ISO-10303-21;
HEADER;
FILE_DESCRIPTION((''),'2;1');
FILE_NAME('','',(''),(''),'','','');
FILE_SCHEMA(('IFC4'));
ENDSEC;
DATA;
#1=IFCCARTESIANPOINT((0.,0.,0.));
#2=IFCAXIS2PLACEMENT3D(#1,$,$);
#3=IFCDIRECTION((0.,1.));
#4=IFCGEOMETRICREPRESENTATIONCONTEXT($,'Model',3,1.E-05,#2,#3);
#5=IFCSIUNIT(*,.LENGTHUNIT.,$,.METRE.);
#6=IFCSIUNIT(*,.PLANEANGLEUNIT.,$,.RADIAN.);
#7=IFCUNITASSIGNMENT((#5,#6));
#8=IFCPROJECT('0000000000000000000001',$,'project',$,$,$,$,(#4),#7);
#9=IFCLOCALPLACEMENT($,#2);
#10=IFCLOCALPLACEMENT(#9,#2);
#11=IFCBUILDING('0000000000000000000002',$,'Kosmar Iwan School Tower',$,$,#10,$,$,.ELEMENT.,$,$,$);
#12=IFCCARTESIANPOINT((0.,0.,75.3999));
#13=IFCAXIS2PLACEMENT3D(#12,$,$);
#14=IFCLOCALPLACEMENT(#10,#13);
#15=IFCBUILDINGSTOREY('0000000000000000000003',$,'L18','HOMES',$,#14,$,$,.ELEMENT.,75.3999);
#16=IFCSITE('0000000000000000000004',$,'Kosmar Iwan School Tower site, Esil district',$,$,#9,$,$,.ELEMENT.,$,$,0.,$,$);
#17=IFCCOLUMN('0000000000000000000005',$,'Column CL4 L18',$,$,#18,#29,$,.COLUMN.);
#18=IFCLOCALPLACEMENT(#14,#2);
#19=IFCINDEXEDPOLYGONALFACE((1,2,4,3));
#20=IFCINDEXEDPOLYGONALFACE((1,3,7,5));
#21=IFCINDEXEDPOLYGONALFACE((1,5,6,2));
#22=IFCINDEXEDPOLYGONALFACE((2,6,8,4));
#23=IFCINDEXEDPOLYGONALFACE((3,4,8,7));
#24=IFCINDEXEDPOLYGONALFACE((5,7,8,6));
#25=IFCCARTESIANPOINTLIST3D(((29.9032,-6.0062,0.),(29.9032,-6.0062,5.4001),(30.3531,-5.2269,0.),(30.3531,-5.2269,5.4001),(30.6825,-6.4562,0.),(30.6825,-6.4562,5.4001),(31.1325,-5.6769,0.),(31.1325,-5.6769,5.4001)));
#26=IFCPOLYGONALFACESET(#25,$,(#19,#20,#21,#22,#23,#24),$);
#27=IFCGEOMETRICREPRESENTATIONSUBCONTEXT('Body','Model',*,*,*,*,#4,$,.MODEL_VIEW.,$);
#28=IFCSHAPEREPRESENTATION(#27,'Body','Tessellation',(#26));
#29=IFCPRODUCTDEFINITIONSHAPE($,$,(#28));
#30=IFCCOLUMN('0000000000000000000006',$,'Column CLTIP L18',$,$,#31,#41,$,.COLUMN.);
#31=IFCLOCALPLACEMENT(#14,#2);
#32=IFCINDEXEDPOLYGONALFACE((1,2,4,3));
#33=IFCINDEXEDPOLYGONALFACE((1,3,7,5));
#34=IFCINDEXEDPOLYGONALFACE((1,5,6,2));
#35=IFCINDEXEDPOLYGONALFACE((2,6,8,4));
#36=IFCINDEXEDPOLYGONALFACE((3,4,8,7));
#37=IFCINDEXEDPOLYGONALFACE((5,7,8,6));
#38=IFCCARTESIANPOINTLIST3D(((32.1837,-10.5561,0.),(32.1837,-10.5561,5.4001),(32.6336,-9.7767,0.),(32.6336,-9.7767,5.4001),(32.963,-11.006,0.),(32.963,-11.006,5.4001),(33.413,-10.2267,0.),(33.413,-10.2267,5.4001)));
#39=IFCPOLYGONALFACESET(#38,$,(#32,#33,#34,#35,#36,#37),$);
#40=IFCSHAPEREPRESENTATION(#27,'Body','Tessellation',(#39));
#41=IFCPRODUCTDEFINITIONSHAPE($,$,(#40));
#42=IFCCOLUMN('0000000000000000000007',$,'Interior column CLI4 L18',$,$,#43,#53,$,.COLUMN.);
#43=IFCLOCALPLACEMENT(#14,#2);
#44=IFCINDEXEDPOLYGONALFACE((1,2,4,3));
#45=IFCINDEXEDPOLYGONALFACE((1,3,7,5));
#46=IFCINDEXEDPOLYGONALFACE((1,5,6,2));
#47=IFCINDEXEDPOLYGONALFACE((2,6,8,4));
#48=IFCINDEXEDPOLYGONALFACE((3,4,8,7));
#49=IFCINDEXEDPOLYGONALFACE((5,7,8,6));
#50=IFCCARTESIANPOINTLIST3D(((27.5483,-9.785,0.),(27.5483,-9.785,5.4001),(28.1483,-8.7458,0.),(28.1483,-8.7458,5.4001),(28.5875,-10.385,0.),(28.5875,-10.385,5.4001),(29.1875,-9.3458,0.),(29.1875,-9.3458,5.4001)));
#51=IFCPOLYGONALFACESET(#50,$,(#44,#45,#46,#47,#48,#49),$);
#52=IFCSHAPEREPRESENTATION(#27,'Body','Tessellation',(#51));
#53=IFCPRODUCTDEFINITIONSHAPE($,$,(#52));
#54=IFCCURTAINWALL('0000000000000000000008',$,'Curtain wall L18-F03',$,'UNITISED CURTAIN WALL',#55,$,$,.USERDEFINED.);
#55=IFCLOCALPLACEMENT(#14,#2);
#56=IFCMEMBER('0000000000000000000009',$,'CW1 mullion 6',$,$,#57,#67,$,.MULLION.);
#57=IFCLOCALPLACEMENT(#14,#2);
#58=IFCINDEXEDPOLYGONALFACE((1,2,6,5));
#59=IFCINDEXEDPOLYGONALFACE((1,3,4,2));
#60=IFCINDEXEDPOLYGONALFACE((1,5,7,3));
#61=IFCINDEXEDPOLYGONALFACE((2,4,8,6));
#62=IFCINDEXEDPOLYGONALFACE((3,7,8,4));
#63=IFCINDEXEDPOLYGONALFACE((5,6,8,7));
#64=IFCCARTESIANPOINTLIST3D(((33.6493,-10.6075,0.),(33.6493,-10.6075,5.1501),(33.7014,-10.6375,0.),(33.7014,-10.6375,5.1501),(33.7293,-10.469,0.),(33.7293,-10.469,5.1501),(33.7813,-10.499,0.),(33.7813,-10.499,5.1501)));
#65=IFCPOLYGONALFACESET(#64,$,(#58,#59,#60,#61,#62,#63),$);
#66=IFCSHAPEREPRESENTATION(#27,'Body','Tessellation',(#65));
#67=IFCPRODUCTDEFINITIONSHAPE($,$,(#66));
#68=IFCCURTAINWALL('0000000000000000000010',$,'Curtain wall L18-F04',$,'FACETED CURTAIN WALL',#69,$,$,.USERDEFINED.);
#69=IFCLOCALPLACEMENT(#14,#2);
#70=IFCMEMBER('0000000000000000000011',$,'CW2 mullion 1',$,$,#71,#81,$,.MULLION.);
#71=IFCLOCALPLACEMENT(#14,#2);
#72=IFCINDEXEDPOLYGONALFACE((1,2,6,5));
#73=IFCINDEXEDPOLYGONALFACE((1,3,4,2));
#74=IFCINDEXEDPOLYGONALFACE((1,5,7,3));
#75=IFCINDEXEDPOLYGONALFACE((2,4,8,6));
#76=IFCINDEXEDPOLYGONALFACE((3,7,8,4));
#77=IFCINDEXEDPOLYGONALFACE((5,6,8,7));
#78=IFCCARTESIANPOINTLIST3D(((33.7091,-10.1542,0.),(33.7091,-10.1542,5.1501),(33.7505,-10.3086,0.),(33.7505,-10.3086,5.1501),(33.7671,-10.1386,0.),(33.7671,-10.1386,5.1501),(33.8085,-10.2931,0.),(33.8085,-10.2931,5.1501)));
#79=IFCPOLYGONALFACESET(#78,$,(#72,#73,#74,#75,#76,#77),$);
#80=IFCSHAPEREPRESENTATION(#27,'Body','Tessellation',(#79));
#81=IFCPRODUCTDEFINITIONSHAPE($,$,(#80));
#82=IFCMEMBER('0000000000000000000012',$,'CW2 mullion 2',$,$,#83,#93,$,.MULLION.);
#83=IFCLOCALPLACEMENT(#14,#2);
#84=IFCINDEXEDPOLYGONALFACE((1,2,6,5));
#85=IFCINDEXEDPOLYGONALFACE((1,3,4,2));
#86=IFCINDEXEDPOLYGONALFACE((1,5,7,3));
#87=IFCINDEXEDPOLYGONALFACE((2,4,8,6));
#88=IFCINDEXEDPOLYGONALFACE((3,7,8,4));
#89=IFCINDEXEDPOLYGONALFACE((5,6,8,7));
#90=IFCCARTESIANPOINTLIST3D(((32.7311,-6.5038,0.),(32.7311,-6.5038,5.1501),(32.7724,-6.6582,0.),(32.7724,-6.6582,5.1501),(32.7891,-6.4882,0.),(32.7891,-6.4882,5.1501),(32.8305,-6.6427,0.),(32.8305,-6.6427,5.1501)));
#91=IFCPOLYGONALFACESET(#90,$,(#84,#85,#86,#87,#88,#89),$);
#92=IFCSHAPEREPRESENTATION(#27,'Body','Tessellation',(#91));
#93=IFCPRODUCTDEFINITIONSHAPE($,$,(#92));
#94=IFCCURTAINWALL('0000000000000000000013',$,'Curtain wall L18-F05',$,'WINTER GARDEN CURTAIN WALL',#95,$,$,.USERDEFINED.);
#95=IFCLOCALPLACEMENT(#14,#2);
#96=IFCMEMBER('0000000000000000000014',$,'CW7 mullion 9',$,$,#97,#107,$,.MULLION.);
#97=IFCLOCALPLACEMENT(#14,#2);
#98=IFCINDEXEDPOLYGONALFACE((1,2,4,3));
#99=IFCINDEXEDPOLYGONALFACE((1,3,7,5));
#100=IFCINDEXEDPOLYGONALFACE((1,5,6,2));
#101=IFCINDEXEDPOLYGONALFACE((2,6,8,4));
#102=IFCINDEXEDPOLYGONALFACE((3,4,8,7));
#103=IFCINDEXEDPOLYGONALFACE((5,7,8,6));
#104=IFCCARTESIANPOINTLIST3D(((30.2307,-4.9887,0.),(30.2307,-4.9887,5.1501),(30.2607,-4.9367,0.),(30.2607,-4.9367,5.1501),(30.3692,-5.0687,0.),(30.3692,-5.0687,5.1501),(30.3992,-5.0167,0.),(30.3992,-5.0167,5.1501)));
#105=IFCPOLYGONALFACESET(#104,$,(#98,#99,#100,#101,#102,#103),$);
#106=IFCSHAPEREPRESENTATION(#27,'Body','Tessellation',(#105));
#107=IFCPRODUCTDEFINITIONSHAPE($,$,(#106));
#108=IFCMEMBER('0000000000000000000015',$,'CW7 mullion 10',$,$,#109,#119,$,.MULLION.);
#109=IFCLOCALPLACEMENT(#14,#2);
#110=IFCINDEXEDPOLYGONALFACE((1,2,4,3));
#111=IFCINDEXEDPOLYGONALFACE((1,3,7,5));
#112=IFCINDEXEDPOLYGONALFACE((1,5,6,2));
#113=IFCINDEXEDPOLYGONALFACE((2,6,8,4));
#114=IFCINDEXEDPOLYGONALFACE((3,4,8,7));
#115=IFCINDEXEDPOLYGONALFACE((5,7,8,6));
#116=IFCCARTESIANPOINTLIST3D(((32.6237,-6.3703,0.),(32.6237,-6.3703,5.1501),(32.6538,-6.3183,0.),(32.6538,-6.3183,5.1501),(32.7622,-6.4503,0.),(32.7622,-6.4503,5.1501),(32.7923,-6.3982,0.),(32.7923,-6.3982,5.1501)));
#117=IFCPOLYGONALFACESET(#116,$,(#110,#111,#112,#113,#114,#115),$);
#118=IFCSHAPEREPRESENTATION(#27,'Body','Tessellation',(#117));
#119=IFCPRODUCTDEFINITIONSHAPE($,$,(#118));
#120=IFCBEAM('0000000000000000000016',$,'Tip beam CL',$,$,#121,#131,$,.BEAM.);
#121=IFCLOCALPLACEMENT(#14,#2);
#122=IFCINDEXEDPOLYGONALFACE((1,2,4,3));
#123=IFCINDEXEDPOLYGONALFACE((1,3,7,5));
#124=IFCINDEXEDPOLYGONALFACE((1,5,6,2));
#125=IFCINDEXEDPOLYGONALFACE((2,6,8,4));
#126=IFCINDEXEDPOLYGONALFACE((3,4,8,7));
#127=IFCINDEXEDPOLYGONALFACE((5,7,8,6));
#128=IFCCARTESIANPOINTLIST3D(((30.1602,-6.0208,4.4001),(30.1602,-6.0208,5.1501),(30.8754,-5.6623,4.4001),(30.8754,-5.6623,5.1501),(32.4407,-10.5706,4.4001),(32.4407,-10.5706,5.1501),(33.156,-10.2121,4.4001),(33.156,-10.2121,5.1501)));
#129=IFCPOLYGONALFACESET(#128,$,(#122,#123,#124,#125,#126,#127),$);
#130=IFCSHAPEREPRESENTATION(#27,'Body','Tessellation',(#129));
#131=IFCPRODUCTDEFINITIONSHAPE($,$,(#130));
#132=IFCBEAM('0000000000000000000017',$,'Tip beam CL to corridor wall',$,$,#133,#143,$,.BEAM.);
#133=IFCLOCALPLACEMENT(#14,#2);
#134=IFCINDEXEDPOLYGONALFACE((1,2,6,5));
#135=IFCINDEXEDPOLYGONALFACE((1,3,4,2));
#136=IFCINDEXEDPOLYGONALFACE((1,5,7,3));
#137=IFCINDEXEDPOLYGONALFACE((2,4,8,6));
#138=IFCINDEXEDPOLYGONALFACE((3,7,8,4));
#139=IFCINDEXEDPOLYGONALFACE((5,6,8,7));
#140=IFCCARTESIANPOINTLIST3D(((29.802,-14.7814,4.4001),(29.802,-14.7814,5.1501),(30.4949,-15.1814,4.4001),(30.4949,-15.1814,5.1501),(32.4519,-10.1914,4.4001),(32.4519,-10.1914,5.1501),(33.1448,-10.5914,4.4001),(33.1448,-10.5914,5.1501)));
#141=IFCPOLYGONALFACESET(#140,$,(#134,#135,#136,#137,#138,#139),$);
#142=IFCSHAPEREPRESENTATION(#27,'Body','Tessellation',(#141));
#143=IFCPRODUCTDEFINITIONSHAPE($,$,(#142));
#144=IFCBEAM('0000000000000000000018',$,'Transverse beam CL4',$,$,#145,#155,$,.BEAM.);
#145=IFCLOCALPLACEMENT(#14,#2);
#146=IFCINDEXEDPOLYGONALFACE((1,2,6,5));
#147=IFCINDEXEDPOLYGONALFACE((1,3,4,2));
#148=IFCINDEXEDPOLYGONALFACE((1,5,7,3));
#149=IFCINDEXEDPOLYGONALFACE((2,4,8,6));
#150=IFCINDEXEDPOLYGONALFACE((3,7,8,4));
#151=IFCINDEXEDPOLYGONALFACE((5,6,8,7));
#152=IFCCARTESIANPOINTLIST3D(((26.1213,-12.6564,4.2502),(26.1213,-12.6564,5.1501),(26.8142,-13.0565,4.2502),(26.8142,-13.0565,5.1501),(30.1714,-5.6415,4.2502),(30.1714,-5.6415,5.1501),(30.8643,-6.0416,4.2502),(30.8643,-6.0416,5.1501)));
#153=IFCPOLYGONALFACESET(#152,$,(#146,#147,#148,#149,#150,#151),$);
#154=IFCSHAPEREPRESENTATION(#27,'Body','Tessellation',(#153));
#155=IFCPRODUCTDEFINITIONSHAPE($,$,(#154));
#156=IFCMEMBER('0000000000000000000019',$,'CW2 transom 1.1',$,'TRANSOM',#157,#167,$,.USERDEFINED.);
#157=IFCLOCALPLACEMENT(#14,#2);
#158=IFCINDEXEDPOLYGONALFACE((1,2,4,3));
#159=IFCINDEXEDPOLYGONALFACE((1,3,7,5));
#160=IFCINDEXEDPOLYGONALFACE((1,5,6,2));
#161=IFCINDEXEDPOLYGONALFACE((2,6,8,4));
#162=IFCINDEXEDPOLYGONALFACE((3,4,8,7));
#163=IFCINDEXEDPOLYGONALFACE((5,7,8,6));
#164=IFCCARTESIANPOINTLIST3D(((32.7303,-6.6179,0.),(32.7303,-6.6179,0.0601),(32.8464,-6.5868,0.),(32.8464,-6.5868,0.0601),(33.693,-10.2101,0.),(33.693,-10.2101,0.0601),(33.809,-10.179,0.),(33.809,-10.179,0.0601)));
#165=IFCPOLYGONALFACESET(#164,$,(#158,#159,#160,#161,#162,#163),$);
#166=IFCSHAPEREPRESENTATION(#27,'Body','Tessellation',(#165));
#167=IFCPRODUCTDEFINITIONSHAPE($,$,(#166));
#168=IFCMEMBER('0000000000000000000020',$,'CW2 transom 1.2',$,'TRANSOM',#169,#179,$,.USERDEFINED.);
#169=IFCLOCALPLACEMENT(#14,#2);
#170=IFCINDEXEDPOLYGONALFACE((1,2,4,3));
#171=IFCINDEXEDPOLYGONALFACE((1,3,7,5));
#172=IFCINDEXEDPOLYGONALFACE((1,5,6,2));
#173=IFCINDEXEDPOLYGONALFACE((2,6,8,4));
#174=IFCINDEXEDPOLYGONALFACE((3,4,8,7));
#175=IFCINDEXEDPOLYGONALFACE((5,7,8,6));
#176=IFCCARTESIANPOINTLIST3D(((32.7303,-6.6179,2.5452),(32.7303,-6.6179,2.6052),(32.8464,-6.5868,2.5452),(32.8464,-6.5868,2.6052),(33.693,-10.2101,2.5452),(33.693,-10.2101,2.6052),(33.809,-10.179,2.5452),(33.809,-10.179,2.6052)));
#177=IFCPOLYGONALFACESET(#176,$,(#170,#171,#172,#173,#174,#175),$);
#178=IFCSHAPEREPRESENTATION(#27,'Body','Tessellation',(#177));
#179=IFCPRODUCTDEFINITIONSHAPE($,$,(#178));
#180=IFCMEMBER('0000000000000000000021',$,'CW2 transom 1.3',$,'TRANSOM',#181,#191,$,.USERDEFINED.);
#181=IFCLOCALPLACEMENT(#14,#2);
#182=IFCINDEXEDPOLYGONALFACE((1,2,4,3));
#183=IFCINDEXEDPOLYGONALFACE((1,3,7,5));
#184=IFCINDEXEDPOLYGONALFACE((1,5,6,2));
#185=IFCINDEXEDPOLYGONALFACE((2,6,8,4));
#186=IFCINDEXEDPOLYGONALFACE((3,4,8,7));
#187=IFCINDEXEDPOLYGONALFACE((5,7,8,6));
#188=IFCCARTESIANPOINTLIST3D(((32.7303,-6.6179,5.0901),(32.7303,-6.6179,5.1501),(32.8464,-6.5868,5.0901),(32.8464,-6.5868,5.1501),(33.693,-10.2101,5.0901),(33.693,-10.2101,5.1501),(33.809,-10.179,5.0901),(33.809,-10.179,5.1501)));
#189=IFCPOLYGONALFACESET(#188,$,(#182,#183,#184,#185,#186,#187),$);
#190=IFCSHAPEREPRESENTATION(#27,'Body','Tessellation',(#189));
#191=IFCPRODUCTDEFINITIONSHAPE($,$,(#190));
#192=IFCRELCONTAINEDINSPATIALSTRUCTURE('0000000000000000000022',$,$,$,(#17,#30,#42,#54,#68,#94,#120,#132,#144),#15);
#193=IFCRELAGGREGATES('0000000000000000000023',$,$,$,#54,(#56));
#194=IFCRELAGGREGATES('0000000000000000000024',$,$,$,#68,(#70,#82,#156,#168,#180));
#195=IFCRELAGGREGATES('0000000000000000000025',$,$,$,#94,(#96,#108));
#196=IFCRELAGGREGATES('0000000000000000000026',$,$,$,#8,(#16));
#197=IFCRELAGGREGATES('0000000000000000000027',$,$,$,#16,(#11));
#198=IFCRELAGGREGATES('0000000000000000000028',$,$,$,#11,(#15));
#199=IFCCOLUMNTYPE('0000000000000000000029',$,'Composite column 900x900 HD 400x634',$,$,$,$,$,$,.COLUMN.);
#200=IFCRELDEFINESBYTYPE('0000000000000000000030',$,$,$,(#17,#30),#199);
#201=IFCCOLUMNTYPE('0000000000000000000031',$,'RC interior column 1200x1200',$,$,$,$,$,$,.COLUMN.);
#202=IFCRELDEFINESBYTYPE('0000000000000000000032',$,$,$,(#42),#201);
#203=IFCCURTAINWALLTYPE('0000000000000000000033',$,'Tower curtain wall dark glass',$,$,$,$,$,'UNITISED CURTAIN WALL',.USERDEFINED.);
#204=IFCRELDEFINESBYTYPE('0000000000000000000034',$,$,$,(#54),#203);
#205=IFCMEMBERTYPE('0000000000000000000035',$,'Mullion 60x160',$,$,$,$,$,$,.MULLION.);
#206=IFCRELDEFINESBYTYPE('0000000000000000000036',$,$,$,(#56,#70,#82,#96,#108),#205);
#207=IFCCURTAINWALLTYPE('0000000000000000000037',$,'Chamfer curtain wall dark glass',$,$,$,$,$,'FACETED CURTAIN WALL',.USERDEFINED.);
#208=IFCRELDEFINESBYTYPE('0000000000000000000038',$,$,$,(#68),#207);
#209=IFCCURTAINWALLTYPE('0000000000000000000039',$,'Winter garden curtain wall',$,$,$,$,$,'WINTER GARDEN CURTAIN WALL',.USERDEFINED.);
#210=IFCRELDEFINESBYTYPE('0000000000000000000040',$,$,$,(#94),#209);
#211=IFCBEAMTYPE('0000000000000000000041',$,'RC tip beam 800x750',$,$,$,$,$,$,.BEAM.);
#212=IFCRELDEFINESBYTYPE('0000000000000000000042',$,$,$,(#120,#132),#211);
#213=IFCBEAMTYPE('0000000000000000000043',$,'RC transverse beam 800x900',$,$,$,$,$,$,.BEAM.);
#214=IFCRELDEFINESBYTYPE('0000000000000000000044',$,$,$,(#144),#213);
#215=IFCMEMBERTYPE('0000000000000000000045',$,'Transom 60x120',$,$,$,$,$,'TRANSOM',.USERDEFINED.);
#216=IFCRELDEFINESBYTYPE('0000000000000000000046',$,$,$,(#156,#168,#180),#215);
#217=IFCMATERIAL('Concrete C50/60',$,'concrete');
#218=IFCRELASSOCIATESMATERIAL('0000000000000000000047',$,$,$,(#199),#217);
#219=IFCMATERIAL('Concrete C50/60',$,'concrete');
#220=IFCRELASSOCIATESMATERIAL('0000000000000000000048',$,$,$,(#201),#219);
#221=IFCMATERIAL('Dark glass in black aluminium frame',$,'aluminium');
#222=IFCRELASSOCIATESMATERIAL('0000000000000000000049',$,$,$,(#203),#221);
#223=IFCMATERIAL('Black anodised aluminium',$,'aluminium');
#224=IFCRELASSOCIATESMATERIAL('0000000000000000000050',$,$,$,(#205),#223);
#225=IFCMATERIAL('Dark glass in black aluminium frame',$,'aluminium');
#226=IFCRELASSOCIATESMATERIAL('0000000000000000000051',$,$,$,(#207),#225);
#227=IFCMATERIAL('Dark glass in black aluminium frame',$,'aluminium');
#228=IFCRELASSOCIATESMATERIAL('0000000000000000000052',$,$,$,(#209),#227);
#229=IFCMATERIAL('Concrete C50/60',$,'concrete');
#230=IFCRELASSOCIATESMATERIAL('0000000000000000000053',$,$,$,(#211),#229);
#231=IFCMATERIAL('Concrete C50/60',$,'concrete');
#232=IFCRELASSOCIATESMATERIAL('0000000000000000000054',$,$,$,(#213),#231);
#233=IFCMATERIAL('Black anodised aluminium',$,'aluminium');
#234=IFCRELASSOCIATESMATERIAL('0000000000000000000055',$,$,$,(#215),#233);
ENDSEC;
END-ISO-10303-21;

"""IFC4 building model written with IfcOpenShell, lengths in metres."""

from ifc_helpers import new_model, si_unit, direction, frame, origin, origin_2d, place, context, subcontext, project, spatial, rectangle, extrude, material, material_profile, profile_set, type_object, element, aggregate, save


model = new_model("IFC4")

# Units and contexts
model_context = context("Model", 3, precision=1e-05, world=origin(), true_north=direction((0.0, 1.0)))
body_context = subcontext(model_context, "Body", "Model", "MODEL_VIEW")
ifc_project = project(units=[si_unit("LENGTHUNIT", "METRE"), si_unit("PLANEANGLEUNIT", "RADIAN")], contexts=[model_context])

# Site, building, storey
site_placement = place(None, origin())
site = spatial("IfcSite", under=ifc_project, at=site_placement, Name="Kosmar Iwan School Tower site, Esil district", CompositionType="ELEMENT", RefElevation=0.0)
building_placement = place(site_placement, origin())
building = spatial("IfcBuilding", under=site, at=building_placement, Name="Kosmar Iwan School Tower", CompositionType="ELEMENT")
storey_placement = place(building_placement, frame((0.0, 0.0, 75.3999)))
storey = spatial("IfcBuildingStorey", under=building, at=storey_placement, Name="L18", Description="HOMES", CompositionType="ELEMENT", Elevation=75.3999)

# Columns
ifc_material_1 = material(Name="Concrete C50/60", Category="concrete")
ifc_material_profile_1 = material_profile(ifc_material_1, rectangle(XDim=0.8999, YDim=0.8999, at=origin_2d()), Name="RC 900x900 + HD 400x634")
ifc_profile_set_1 = profile_set([ifc_material_profile_1], Name="Concrete C50/60")
column_type_1 = type_object("IfcColumnType", Name="Composite column 900x900 HD 400x634", PredefinedType="COLUMN", material=ifc_profile_set_1)
for number, where, z_axis, x_axis, name in (
    (1, (30.5178, -5.8416, 0.0), (0.0, 0.0, 1.0), (0.866025, -0.5, 0.0), "Column CL4 L18"),
    (2, (32.7983, -10.3914, 0.0), (0.0, 0.0, 1.0), (0.866025, -0.5, 0.0), "Column CLTIP L18"),
):
    element("IfcColumn", number, at=place(storey_placement, frame(where, z_axis=z_axis, x_axis=x_axis)), inside=storey, type_object=column_type_1, Name=name, PredefinedType="COLUMN", context=body_context, shape_type="SweptSolid", body=[
        extrude(rectangle(XDim=0.8999, YDim=0.8999, at=origin_2d()), origin(), (0.0, 0.0, 1.0), 5.4001),
    ])
ifc_material_2 = material(Name="Concrete C50/60", Category="concrete")
ifc_material_profile_2 = material_profile(ifc_material_2, rectangle(XDim=1.2, YDim=1.2, at=origin_2d()), Name="RC 1200x1200")
ifc_profile_set_2 = profile_set([ifc_material_profile_2], Name="Concrete C50/60")
column_type_2 = type_object("IfcColumnType", Name="RC interior column 1200x1200", PredefinedType="COLUMN", material=ifc_profile_set_2)
column_placement = place(storey_placement, frame((28.3679, -9.5654, 0.0), z_axis=(0.0, 0.0, 1.0), x_axis=(0.866025, -0.5, 0.0)))
element("IfcColumn", 3, at=column_placement, inside=storey, type_object=column_type_2, Name="Interior column CLI4 L18", PredefinedType="COLUMN", context=body_context, shape_type="SweptSolid", body=[
    extrude(rectangle(XDim=1.2, YDim=1.2, at=origin_2d()), origin(), (0.0, 0.0, 1.0), 5.4001),
])

# Curtain wall, member
ifc_material_3 = material(Name="Dark glass in black aluminium frame", Category="aluminium")
curtain_wall_type_1 = type_object("IfcCurtainWallType", Name="Tower curtain wall dark glass", ElementType="UNITISED CURTAIN WALL", PredefinedType="USERDEFINED", material=ifc_material_3)
curtain_wall_1_placement = place(storey_placement, origin())
curtain_wall_1 = element("IfcCurtainWall", 4, at=curtain_wall_1_placement, inside=storey, type_object=curtain_wall_type_1, Name="Curtain wall L18-F03", ObjectType="UNITISED CURTAIN WALL", PredefinedType="USERDEFINED")
ifc_material_4 = material(Name="Black anodised aluminium", Category="aluminium")
ifc_material_profile_3 = material_profile(ifc_material_4, rectangle(XDim=0.0601, YDim=0.1599, at=origin_2d()), Name="MULLION 60x160")
ifc_profile_set_3 = profile_set([ifc_material_profile_3], Name="Black anodised aluminium")
member_type_1 = type_object("IfcMemberType", Name="Mullion 60x160", PredefinedType="MULLION", material=ifc_profile_set_3)
member_1_placement = place(storey_placement, frame((33.7153, -10.5532, 0.0), z_axis=(0.0, 0.0, 1.0), x_axis=(-0.866025, 0.5, 0.0)))
member_1 = element("IfcMember", 5, at=member_1_placement, type_object=member_type_1, Name="CW1 mullion 6", PredefinedType="MULLION", context=body_context, shape_type="SweptSolid", body=[
    extrude(rectangle(XDim=0.0601, YDim=0.1599, at=origin_2d()), origin(), (0.0, 0.0, 1.0), 5.1501),
])
aggregate(curtain_wall_1, [member_1])

# Curtain walls, members
ifc_material_5 = material(Name="Dark glass in black aluminium frame", Category="aluminium")
curtain_wall_type_2 = type_object("IfcCurtainWallType", Name="Chamfer curtain wall dark glass", ElementType="FACETED CURTAIN WALL", PredefinedType="USERDEFINED", material=ifc_material_5)
curtain_wall_2_placement = place(storey_placement, origin())
curtain_wall_2 = element("IfcCurtainWall", 6, at=curtain_wall_2_placement, inside=storey, type_object=curtain_wall_type_2, Name="Curtain wall L18-F04", ObjectType="FACETED CURTAIN WALL", PredefinedType="USERDEFINED")
member_2_placement = place(storey_placement, frame((33.7588, -10.2236, 0.0), z_axis=(0.0, 0.0, 1.0), x_axis=(-0.965926, -0.258819, 0.0)))
member_2 = element("IfcMember", 7, at=member_2_placement, type_object=member_type_1, Name="CW2 mullion 1", PredefinedType="MULLION", context=body_context, shape_type="SweptSolid", body=[
    extrude(rectangle(XDim=0.0601, YDim=0.1599, at=origin_2d()), origin(), (0.0, 0.0, 1.0), 5.1501),
])
member_3_placement = place(storey_placement, frame((32.7808, -6.5732, 0.0), z_axis=(0.0, 0.0, 1.0), x_axis=(-0.965926, -0.258819, 0.0)))
member_3 = element("IfcMember", 8, at=member_3_placement, type_object=member_type_1, Name="CW2 mullion 2", PredefinedType="MULLION", context=body_context, shape_type="SweptSolid", body=[
    extrude(rectangle(XDim=0.0601, YDim=0.1599, at=origin_2d()), origin(), (0.0, 0.0, 1.0), 5.1501),
])
ifc_material_6 = material(Name="Dark glass in black aluminium frame", Category="aluminium")
curtain_wall_type_3 = type_object("IfcCurtainWallType", Name="Winter garden curtain wall", ElementType="WINTER GARDEN CURTAIN WALL", PredefinedType="USERDEFINED", material=ifc_material_6)
curtain_wall_3_placement = place(storey_placement, origin())
curtain_wall_3 = element("IfcCurtainWall", 9, at=curtain_wall_3_placement, inside=storey, type_object=curtain_wall_type_3, Name="Curtain wall L18-F05", ObjectType="WINTER GARDEN CURTAIN WALL", PredefinedType="USERDEFINED")
member_4_placement = place(storey_placement, frame((30.3149, -5.0027, 0.0), z_axis=(0.0, 0.0, 1.0), x_axis=(0.5, 0.866025, 0.0)))
member_4 = element("IfcMember", 10, at=member_4_placement, type_object=member_type_1, Name="CW7 mullion 9", PredefinedType="MULLION", context=body_context, shape_type="SweptSolid", body=[
    extrude(rectangle(XDim=0.0601, YDim=0.1599, at=origin_2d()), origin(), (0.0, 0.0, 1.0), 5.1501),
])
member_5_placement = place(storey_placement, frame((32.708, -6.3843, 0.0), z_axis=(0.0, 0.0, 1.0), x_axis=(0.5, 0.866025, 0.0)))
member_5 = element("IfcMember", 11, at=member_5_placement, type_object=member_type_1, Name="CW7 mullion 10", PredefinedType="MULLION", context=body_context, shape_type="SweptSolid", body=[
    extrude(rectangle(XDim=0.0601, YDim=0.1599, at=origin_2d()), origin(), (0.0, 0.0, 1.0), 5.1501),
])

# Beams
ifc_material_7 = material(Name="Concrete C50/60", Category="concrete")
ifc_material_profile_4 = material_profile(ifc_material_7, rectangle(XDim=0.8, YDim=0.75, at=origin_2d()), Name="RC 800x750")
ifc_profile_set_4 = profile_set([ifc_material_profile_4], Name="Concrete C50/60")
beam_type_1 = type_object("IfcBeamType", Name="RC tip beam 800x750", PredefinedType="BEAM", material=ifc_profile_set_4)
beam_1_placement = place(storey_placement, frame((30.5178, -5.8416, 4.7751), z_axis=(0.448096, -0.893985, 0.0), x_axis=(0.893985, 0.448096, 0.0)))
element("IfcBeam", 12, at=beam_1_placement, inside=storey, type_object=beam_type_1, Name="Tip beam CL", PredefinedType="BEAM", context=body_context, shape_type="SweptSolid", body=[
    extrude(rectangle(XDim=0.8, YDim=0.75, at=origin_2d()), origin(), (0.0, 0.0, 1.0), 5.0894),
])
beam_2_placement = place(storey_placement, frame((32.7983, -10.3914, 4.7751), z_axis=(-0.499974, -0.866041, 0.0), x_axis=(0.866041, -0.499974, 0.0)))
element("IfcBeam", 13, at=beam_2_placement, inside=storey, type_object=beam_type_1, Name="Tip beam CL to corridor wall", PredefinedType="BEAM", context=body_context, shape_type="SweptSolid", body=[
    extrude(rectangle(XDim=0.8, YDim=0.75, at=origin_2d()), origin(), (0.0, 0.0, 1.0), 5.3),
])
ifc_material_8 = material(Name="Concrete C50/60", Category="concrete")
ifc_material_profile_5 = material_profile(ifc_material_8, rectangle(XDim=0.8, YDim=0.8999, at=origin_2d()), Name="RC 800x900")
ifc_profile_set_5 = profile_set([ifc_material_profile_5], Name="Concrete C50/60")
beam_type_2 = type_object("IfcBeamType", Name="RC transverse beam 800x900", PredefinedType="BEAM", material=ifc_profile_set_5)
beam_3_placement = place(storey_placement, frame((30.5178, -5.8416, 4.7002), z_axis=(-0.5, -0.866025, 0.0), x_axis=(0.866025, -0.5, 0.0)))
element("IfcBeam", 14, at=beam_3_placement, inside=storey, type_object=beam_type_2, Name="Transverse beam CL4", PredefinedType="BEAM", context=body_context, shape_type="SweptSolid", body=[
    extrude(rectangle(XDim=0.8, YDim=0.8999, at=origin_2d()), origin(), (0.0, 0.0, 1.0), 8.1001),
])

# Members
ifc_material_9 = material(Name="Black anodised aluminium", Category="aluminium")
ifc_material_profile_6 = material_profile(ifc_material_9, rectangle(XDim=0.1201, YDim=0.0601, at=origin_2d()), Name="TRANSOM 60x120")
ifc_profile_set_6 = profile_set([ifc_material_profile_6], Name="Black anodised aluminium")
member_type_2 = type_object("IfcMemberType", Name="Transom 60x120", ElementType="TRANSOM", PredefinedType="USERDEFINED", material=ifc_profile_set_6)
member_6_placement = place(storey_placement, frame((33.751, -10.1946, 0.03), z_axis=(-0.258843, 0.965919, 0.0), x_axis=(-0.965919, -0.258843, 0.0)))
member_6 = element("IfcMember", 15, at=member_6_placement, type_object=member_type_2, Name="CW2 transom 1.1", ObjectType="TRANSOM", PredefinedType="USERDEFINED", context=body_context, shape_type="SweptSolid", body=[
    extrude(rectangle(XDim=0.1201, YDim=0.0601, at=origin_2d()), origin(), (0.0, 0.0, 1.0), 3.719),
])
member_7_placement = place(storey_placement, frame((33.751, -10.1946, 2.5752), z_axis=(-0.258843, 0.965919, 0.0), x_axis=(-0.965919, -0.258843, 0.0)))
member_7 = element("IfcMember", 16, at=member_7_placement, type_object=member_type_2, Name="CW2 transom 1.2", ObjectType="TRANSOM", PredefinedType="USERDEFINED", context=body_context, shape_type="SweptSolid", body=[
    extrude(rectangle(XDim=0.1201, YDim=0.0601, at=origin_2d()), origin(), (0.0, 0.0, 1.0), 3.719),
])
member_8_placement = place(storey_placement, frame((33.751, -10.1946, 5.1201), z_axis=(-0.258843, 0.965919, 0.0), x_axis=(-0.965919, -0.258843, 0.0)))
member_8 = element("IfcMember", 17, at=member_8_placement, type_object=member_type_2, Name="CW2 transom 1.3", ObjectType="TRANSOM", PredefinedType="USERDEFINED", context=body_context, shape_type="SweptSolid", body=[
    extrude(rectangle(XDim=0.1201, YDim=0.0601, at=origin_2d()), origin(), (0.0, 0.0, 1.0), 3.719),
])

aggregate(curtain_wall_2, [member_2, member_3, member_6, member_7, member_8])
aggregate(curtain_wall_3, [member_4, member_5])

save(model, "model.ifc")
